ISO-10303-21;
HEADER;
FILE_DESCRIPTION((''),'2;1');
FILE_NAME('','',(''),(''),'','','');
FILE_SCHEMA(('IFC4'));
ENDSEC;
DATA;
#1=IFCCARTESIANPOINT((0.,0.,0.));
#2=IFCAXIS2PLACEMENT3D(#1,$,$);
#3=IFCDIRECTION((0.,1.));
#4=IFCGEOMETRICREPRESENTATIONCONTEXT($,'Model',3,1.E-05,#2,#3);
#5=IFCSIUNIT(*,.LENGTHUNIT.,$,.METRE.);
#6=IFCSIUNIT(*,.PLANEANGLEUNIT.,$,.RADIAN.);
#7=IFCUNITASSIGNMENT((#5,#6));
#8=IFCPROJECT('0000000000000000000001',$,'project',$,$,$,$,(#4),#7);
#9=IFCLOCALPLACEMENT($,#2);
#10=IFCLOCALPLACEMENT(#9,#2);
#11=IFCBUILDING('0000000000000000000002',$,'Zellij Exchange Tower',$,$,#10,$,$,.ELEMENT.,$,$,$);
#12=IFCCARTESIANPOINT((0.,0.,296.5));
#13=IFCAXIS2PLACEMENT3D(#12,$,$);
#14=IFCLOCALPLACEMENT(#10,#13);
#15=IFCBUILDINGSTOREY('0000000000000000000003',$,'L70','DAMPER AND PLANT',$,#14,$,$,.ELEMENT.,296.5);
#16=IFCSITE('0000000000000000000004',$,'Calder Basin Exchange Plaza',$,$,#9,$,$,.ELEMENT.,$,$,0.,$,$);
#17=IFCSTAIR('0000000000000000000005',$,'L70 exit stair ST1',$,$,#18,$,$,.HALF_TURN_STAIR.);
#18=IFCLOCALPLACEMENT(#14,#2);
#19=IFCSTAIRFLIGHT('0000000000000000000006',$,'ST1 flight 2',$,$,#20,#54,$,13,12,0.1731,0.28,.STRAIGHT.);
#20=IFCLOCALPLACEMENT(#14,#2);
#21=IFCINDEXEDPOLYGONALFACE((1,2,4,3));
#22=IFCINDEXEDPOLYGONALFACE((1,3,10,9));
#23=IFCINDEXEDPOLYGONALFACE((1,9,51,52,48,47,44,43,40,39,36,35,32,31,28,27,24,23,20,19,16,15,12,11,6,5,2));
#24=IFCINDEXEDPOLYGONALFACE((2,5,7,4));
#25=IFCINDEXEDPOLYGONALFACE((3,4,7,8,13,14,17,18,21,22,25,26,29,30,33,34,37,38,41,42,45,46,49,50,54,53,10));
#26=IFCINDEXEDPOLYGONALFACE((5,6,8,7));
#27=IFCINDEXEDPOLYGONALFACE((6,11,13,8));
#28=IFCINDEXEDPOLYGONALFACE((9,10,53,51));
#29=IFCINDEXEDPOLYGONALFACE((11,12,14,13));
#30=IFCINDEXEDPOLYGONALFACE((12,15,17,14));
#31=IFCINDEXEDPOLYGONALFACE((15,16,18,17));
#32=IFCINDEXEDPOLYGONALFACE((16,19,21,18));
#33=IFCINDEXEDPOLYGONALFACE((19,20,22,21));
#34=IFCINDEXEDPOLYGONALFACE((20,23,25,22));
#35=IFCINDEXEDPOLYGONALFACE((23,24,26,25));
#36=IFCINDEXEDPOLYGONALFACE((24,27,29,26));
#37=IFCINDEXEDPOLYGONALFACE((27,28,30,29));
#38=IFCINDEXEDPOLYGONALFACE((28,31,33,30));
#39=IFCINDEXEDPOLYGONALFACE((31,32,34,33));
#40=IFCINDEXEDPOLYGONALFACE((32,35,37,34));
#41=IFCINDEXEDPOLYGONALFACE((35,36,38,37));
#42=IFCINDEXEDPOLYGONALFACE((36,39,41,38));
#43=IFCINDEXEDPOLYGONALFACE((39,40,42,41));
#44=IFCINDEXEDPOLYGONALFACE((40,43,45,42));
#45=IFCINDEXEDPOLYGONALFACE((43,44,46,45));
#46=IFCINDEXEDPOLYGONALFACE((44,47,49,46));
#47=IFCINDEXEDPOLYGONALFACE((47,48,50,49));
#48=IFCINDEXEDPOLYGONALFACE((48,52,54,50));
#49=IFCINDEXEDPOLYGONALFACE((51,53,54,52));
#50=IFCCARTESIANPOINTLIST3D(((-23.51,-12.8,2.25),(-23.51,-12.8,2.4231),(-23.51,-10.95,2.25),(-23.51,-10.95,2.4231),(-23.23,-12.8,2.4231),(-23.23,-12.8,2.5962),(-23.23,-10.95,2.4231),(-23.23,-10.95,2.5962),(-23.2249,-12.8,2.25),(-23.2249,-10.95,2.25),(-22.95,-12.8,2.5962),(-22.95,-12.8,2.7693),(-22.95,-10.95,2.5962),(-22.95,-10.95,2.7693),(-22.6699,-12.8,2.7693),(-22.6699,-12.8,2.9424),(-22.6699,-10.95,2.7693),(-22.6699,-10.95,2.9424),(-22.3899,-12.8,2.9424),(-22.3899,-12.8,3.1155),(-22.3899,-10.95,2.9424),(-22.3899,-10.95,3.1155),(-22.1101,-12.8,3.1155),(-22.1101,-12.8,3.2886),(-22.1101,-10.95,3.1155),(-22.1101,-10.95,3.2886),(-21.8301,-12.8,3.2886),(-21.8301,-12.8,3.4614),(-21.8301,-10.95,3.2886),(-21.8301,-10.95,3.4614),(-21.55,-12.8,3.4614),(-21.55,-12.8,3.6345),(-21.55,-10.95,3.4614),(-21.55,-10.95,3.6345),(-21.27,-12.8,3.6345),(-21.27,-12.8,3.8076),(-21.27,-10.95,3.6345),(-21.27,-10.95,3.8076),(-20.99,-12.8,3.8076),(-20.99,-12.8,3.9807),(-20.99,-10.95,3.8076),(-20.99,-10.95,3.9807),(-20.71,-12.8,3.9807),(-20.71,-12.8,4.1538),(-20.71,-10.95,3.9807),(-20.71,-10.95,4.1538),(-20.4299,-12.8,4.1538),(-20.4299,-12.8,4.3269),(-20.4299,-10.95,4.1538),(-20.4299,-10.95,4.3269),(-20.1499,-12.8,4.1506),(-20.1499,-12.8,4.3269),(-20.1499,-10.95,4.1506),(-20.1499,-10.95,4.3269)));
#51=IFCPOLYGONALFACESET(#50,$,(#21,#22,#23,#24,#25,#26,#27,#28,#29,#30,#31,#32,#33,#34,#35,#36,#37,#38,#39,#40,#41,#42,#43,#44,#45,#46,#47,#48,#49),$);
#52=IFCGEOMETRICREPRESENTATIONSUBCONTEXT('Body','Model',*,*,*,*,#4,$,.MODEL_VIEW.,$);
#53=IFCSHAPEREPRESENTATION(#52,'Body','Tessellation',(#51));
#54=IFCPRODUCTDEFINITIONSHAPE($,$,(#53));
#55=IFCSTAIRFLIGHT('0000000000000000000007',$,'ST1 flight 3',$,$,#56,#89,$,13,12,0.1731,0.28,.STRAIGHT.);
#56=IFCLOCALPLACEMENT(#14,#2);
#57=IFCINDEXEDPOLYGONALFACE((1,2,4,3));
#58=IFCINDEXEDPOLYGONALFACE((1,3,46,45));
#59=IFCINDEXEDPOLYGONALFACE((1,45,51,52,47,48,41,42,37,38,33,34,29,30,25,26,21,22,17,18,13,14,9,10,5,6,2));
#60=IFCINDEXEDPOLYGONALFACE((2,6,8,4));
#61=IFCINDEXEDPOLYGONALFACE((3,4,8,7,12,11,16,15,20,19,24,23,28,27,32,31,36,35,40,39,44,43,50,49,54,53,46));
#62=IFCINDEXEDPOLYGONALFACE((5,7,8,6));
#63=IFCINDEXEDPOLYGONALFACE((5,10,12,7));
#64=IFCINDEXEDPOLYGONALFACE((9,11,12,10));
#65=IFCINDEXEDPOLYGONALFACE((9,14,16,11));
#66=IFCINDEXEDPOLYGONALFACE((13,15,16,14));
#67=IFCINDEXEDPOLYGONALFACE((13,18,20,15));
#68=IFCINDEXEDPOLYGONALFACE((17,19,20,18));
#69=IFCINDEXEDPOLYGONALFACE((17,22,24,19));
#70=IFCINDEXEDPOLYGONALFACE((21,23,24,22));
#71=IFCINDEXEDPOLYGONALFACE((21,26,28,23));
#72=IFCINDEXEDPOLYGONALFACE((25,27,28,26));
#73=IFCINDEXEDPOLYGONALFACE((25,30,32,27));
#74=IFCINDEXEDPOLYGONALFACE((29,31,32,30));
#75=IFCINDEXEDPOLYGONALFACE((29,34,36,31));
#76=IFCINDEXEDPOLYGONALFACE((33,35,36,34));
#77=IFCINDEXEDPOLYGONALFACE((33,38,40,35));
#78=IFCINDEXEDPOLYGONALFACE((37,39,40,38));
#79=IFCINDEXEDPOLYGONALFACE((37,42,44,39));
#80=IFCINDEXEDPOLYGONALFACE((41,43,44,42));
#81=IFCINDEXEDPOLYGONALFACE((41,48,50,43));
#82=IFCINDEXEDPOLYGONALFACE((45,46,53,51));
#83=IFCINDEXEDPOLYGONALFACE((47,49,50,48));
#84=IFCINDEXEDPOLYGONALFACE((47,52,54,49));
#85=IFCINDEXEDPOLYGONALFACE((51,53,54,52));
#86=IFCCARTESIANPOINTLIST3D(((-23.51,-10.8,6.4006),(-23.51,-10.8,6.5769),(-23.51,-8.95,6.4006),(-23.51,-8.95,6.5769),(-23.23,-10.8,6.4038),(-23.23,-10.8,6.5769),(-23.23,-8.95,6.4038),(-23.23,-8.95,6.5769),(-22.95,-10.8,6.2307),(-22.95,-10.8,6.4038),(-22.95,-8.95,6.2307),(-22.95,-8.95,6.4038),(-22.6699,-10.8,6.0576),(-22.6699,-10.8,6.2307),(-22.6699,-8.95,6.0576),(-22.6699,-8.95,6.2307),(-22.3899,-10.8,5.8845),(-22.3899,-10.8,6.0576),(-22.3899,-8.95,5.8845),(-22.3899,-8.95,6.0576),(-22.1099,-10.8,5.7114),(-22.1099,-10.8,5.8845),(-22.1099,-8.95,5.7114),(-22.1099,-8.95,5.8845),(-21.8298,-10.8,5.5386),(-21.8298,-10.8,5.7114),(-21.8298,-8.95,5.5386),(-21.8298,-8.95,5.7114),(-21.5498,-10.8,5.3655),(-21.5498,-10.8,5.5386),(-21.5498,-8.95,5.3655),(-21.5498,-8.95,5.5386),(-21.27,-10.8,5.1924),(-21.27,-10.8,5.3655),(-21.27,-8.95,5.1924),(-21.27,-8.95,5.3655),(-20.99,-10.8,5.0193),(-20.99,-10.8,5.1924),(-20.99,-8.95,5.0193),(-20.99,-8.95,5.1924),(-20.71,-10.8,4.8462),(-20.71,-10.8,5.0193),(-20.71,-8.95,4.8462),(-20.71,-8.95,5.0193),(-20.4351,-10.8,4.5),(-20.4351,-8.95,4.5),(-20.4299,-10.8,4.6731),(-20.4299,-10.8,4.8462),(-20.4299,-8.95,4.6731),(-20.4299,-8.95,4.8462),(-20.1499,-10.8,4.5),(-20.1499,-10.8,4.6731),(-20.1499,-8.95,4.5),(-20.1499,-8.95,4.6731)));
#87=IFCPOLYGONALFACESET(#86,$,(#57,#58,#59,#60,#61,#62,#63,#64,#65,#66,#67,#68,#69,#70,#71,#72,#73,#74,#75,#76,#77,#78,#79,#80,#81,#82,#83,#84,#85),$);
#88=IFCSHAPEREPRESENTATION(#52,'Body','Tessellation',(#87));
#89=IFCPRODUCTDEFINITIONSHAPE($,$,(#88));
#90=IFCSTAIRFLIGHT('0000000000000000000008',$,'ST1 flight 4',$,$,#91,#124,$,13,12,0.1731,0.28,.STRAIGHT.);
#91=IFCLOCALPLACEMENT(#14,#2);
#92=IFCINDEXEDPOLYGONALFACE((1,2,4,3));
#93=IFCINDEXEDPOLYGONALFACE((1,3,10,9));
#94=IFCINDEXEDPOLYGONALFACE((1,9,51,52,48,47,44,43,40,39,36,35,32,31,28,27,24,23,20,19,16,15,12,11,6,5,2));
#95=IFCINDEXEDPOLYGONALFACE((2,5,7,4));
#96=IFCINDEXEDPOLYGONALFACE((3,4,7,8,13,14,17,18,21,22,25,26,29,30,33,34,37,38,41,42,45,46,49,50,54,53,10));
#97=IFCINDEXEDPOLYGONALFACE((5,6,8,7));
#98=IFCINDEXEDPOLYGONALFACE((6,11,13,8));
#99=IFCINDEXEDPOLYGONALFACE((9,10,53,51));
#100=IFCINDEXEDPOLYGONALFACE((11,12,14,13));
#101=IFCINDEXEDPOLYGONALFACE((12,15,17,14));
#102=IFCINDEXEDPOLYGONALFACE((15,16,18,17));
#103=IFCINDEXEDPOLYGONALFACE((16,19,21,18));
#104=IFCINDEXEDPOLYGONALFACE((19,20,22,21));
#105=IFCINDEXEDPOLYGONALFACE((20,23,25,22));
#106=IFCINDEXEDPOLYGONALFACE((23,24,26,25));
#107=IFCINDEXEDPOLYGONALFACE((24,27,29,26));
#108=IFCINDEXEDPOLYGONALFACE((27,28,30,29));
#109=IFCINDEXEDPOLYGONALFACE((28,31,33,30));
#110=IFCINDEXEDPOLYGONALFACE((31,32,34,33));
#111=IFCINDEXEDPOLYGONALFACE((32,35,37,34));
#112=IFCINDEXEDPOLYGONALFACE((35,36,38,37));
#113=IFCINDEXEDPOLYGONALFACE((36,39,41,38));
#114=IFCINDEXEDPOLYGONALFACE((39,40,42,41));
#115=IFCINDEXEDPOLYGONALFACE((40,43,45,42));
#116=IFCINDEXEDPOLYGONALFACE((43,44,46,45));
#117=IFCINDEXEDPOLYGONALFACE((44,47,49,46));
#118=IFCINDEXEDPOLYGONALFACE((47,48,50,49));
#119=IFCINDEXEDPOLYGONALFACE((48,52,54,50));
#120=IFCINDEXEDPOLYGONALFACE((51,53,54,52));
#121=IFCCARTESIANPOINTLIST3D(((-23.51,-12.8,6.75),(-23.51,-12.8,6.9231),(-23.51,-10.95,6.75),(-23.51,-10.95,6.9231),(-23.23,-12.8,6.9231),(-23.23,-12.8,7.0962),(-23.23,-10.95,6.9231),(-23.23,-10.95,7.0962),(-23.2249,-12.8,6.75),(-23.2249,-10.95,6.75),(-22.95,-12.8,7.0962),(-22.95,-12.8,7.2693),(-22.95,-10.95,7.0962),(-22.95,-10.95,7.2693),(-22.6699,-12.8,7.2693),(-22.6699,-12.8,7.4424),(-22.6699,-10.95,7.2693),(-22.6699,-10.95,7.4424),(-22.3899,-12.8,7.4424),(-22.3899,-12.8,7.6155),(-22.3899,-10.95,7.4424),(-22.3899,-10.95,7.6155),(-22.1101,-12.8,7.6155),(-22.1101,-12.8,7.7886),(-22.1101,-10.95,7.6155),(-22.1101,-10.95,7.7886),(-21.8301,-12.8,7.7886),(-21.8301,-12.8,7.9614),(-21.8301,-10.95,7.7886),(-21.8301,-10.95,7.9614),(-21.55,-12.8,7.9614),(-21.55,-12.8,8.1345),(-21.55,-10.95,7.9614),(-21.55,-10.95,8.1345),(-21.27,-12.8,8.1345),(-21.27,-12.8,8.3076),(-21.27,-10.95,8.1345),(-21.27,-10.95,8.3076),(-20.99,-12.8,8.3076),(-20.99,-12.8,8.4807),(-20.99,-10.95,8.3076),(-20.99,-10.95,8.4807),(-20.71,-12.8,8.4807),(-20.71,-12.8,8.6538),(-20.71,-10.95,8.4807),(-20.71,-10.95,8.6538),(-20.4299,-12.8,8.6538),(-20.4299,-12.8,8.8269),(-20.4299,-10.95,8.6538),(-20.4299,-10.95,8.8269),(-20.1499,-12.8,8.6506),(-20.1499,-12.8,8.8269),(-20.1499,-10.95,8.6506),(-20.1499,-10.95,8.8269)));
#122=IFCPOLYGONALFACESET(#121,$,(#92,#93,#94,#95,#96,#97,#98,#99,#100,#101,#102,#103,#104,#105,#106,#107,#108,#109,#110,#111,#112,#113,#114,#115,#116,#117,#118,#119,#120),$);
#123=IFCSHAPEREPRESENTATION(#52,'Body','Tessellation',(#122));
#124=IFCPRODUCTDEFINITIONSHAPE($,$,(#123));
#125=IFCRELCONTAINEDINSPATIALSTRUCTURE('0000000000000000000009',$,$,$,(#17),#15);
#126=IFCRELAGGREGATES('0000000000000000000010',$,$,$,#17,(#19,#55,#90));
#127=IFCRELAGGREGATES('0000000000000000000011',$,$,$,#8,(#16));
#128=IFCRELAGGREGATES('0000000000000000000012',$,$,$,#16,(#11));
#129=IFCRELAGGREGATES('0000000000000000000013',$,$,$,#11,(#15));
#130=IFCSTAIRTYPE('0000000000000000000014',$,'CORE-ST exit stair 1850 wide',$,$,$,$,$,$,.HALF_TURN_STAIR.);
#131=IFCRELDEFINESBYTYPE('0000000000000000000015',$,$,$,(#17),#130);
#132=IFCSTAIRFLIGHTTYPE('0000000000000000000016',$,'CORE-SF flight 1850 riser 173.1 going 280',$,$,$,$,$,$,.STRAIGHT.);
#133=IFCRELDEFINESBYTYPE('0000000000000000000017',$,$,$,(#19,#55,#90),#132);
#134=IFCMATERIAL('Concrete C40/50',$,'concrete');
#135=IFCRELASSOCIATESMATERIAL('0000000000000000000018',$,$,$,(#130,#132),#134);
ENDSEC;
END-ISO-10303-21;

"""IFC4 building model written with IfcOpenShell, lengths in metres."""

from ifc_helpers import new_model, si_unit, direction, frame, origin, place, context, subcontext, project, spatial, polyline, outline, extrude, material, type_object, element, aggregate, save


model = new_model("IFC4")

# Units and contexts
model_context = context("Model", 3, precision=1e-05, world=origin(), true_north=direction((0.0, 1.0)))
body_context = subcontext(model_context, "Body", "Model", "MODEL_VIEW")
ifc_project = project(units=[si_unit("LENGTHUNIT", "METRE"), si_unit("PLANEANGLEUNIT", "RADIAN")], contexts=[model_context])

# Site, building, storey
site_placement = place(None, origin())
site = spatial("IfcSite", under=ifc_project, at=site_placement, Name="Calder Basin Exchange Plaza", CompositionType="ELEMENT", RefElevation=0.0)
building_placement = place(site_placement, origin())
building = spatial("IfcBuilding", under=site, at=building_placement, Name="Zellij Exchange Tower", CompositionType="ELEMENT")
storey_placement = place(building_placement, frame((0.0, 0.0, 296.5)))
storey = spatial("IfcBuildingStorey", under=building, at=storey_placement, Name="L70", Description="DAMPER AND PLANT", CompositionType="ELEMENT", Elevation=296.5)

# Stair, stair flights
ifc_material_1 = material(Name="Concrete C40/50", Category="concrete")
stair_type = type_object("IfcStairType", Name="CORE-ST exit stair 1850 wide", PredefinedType="HALF_TURN_STAIR", material=ifc_material_1)
stair_placement = place(storey_placement, origin())
stair = element("IfcStair", 1, at=stair_placement, inside=storey, type_object=stair_type, Name="L70 exit stair ST1", PredefinedType="HALF_TURN_STAIR")
stair_flight_type = type_object("IfcStairFlightType", Name="CORE-SF flight 1850 riser 173.1 going 280", PredefinedType="STRAIGHT", material=ifc_material_1)
stair_flight_1_placement = place(storey_placement, frame((-23.51, -11.875, 2.25), z_axis=(0.0, 0.0, 1.0), x_axis=(1.0, 0.0, 0.0)))
stair_flight_1 = element("IfcStairFlight", 2, at=stair_flight_1_placement, type_object=stair_flight_type, Name="ST1 flight 2", NumberOfRisers=13, NumberOfTreads=12, PredefinedType="STRAIGHT", RiserHeight=0.1731, TreadLength=0.28, context=body_context, shape_type="SweptSolid", body=[
    extrude(outline(polyline([(0.0, 0.0), (0.0, 0.1731), (0.28, 0.1731), (0.28, 0.3462), (0.5601, 0.3462), (0.5601, 0.5193), (0.8401, 0.5193), (0.8401, 0.6924), (1.1201, 0.6924), (1.1201, 0.8655), (1.3999, 0.8655), (1.3999, 1.0386), (1.6799, 1.0386), (1.6799, 1.2114), (1.96, 1.2114), (1.96, 1.3845), (2.24, 1.3845), (2.24, 1.5576), (2.52, 1.5576), (2.52, 1.7307), (2.8, 1.7307), (2.8, 1.9038), (3.0801, 1.9038), (3.0801, 2.0769), (3.3601, 2.0769), (3.3601, 2.25), (3.3601, 1.9006), (0.2852, 0.0), (0.0, 0.0)])), frame((0.0, 0.925, 0.0), z_axis=(0.0, -1.0, 0.0), x_axis=(1.0, 0.0, 0.0)), (0.0, 0.0, 1.0), 1.8501),
])
stair_flight_2_placement = place(storey_placement, frame((-20.1499, -9.875, 4.5), z_axis=(0.0, 0.0, 1.0), x_axis=(-1.0, 0.0, 0.0)))
stair_flight_2 = element("IfcStairFlight", 3, at=stair_flight_2_placement, type_object=stair_flight_type, Name="ST1 flight 3", NumberOfRisers=13, NumberOfTreads=12, PredefinedType="STRAIGHT", RiserHeight=0.1731, TreadLength=0.28, context=body_context, shape_type="SweptSolid", body=[
    extrude(outline(polyline([(0.0, 0.0), (0.0, 0.1731), (0.28, 0.1731), (0.28, 0.3462), (0.5601, 0.3462), (0.5601, 0.5193), (0.8401, 0.5193), (0.8401, 0.6924), (1.1201, 0.6924), (1.1201, 0.8655), (1.3999, 0.8655), (1.3999, 1.0386), (1.6799, 1.0386), (1.6799, 1.2114), (1.96, 1.2114), (1.96, 1.3845), (2.24, 1.3845), (2.24, 1.5576), (2.52, 1.5576), (2.52, 1.7307), (2.8, 1.7307), (2.8, 1.9038), (3.0801, 1.9038), (3.0801, 2.0769), (3.3601, 2.0769), (3.3601, 2.25), (3.3601, 1.9006), (0.2852, 0.0), (0.0, 0.0)])), frame((0.0, 0.925, 0.0), z_axis=(0.0, -1.0, 0.0), x_axis=(1.0, 0.0, 0.0)), (0.0, 0.0, 1.0), 1.8501),
])
stair_flight_3_placement = place(storey_placement, frame((-23.51, -11.875, 6.75), z_axis=(0.0, 0.0, 1.0), x_axis=(1.0, 0.0, 0.0)))
stair_flight_3 = element("IfcStairFlight", 4, at=stair_flight_3_placement, type_object=stair_flight_type, Name="ST1 flight 4", NumberOfRisers=13, NumberOfTreads=12, PredefinedType="STRAIGHT", RiserHeight=0.1731, TreadLength=0.28, context=body_context, shape_type="SweptSolid", body=[
    extrude(outline(polyline([(0.0, 0.0), (0.0, 0.1731), (0.28, 0.1731), (0.28, 0.3462), (0.5601, 0.3462), (0.5601, 0.5193), (0.8401, 0.5193), (0.8401, 0.6924), (1.1201, 0.6924), (1.1201, 0.8655), (1.3999, 0.8655), (1.3999, 1.0386), (1.6799, 1.0386), (1.6799, 1.2114), (1.96, 1.2114), (1.96, 1.3845), (2.24, 1.3845), (2.24, 1.5576), (2.52, 1.5576), (2.52, 1.7307), (2.8, 1.7307), (2.8, 1.9038), (3.0801, 1.9038), (3.0801, 2.0769), (3.3601, 2.0769), (3.3601, 2.25), (3.3601, 1.9006), (0.2852, 0.0), (0.0, 0.0)])), frame((0.0, 0.925, 0.0), z_axis=(0.0, -1.0, 0.0), x_axis=(1.0, 0.0, 0.0)), (0.0, 0.0, 1.0), 1.8501),
])
aggregate(stair, [stair_flight_1, stair_flight_2, stair_flight_3])

save(model, "model.ifc")
